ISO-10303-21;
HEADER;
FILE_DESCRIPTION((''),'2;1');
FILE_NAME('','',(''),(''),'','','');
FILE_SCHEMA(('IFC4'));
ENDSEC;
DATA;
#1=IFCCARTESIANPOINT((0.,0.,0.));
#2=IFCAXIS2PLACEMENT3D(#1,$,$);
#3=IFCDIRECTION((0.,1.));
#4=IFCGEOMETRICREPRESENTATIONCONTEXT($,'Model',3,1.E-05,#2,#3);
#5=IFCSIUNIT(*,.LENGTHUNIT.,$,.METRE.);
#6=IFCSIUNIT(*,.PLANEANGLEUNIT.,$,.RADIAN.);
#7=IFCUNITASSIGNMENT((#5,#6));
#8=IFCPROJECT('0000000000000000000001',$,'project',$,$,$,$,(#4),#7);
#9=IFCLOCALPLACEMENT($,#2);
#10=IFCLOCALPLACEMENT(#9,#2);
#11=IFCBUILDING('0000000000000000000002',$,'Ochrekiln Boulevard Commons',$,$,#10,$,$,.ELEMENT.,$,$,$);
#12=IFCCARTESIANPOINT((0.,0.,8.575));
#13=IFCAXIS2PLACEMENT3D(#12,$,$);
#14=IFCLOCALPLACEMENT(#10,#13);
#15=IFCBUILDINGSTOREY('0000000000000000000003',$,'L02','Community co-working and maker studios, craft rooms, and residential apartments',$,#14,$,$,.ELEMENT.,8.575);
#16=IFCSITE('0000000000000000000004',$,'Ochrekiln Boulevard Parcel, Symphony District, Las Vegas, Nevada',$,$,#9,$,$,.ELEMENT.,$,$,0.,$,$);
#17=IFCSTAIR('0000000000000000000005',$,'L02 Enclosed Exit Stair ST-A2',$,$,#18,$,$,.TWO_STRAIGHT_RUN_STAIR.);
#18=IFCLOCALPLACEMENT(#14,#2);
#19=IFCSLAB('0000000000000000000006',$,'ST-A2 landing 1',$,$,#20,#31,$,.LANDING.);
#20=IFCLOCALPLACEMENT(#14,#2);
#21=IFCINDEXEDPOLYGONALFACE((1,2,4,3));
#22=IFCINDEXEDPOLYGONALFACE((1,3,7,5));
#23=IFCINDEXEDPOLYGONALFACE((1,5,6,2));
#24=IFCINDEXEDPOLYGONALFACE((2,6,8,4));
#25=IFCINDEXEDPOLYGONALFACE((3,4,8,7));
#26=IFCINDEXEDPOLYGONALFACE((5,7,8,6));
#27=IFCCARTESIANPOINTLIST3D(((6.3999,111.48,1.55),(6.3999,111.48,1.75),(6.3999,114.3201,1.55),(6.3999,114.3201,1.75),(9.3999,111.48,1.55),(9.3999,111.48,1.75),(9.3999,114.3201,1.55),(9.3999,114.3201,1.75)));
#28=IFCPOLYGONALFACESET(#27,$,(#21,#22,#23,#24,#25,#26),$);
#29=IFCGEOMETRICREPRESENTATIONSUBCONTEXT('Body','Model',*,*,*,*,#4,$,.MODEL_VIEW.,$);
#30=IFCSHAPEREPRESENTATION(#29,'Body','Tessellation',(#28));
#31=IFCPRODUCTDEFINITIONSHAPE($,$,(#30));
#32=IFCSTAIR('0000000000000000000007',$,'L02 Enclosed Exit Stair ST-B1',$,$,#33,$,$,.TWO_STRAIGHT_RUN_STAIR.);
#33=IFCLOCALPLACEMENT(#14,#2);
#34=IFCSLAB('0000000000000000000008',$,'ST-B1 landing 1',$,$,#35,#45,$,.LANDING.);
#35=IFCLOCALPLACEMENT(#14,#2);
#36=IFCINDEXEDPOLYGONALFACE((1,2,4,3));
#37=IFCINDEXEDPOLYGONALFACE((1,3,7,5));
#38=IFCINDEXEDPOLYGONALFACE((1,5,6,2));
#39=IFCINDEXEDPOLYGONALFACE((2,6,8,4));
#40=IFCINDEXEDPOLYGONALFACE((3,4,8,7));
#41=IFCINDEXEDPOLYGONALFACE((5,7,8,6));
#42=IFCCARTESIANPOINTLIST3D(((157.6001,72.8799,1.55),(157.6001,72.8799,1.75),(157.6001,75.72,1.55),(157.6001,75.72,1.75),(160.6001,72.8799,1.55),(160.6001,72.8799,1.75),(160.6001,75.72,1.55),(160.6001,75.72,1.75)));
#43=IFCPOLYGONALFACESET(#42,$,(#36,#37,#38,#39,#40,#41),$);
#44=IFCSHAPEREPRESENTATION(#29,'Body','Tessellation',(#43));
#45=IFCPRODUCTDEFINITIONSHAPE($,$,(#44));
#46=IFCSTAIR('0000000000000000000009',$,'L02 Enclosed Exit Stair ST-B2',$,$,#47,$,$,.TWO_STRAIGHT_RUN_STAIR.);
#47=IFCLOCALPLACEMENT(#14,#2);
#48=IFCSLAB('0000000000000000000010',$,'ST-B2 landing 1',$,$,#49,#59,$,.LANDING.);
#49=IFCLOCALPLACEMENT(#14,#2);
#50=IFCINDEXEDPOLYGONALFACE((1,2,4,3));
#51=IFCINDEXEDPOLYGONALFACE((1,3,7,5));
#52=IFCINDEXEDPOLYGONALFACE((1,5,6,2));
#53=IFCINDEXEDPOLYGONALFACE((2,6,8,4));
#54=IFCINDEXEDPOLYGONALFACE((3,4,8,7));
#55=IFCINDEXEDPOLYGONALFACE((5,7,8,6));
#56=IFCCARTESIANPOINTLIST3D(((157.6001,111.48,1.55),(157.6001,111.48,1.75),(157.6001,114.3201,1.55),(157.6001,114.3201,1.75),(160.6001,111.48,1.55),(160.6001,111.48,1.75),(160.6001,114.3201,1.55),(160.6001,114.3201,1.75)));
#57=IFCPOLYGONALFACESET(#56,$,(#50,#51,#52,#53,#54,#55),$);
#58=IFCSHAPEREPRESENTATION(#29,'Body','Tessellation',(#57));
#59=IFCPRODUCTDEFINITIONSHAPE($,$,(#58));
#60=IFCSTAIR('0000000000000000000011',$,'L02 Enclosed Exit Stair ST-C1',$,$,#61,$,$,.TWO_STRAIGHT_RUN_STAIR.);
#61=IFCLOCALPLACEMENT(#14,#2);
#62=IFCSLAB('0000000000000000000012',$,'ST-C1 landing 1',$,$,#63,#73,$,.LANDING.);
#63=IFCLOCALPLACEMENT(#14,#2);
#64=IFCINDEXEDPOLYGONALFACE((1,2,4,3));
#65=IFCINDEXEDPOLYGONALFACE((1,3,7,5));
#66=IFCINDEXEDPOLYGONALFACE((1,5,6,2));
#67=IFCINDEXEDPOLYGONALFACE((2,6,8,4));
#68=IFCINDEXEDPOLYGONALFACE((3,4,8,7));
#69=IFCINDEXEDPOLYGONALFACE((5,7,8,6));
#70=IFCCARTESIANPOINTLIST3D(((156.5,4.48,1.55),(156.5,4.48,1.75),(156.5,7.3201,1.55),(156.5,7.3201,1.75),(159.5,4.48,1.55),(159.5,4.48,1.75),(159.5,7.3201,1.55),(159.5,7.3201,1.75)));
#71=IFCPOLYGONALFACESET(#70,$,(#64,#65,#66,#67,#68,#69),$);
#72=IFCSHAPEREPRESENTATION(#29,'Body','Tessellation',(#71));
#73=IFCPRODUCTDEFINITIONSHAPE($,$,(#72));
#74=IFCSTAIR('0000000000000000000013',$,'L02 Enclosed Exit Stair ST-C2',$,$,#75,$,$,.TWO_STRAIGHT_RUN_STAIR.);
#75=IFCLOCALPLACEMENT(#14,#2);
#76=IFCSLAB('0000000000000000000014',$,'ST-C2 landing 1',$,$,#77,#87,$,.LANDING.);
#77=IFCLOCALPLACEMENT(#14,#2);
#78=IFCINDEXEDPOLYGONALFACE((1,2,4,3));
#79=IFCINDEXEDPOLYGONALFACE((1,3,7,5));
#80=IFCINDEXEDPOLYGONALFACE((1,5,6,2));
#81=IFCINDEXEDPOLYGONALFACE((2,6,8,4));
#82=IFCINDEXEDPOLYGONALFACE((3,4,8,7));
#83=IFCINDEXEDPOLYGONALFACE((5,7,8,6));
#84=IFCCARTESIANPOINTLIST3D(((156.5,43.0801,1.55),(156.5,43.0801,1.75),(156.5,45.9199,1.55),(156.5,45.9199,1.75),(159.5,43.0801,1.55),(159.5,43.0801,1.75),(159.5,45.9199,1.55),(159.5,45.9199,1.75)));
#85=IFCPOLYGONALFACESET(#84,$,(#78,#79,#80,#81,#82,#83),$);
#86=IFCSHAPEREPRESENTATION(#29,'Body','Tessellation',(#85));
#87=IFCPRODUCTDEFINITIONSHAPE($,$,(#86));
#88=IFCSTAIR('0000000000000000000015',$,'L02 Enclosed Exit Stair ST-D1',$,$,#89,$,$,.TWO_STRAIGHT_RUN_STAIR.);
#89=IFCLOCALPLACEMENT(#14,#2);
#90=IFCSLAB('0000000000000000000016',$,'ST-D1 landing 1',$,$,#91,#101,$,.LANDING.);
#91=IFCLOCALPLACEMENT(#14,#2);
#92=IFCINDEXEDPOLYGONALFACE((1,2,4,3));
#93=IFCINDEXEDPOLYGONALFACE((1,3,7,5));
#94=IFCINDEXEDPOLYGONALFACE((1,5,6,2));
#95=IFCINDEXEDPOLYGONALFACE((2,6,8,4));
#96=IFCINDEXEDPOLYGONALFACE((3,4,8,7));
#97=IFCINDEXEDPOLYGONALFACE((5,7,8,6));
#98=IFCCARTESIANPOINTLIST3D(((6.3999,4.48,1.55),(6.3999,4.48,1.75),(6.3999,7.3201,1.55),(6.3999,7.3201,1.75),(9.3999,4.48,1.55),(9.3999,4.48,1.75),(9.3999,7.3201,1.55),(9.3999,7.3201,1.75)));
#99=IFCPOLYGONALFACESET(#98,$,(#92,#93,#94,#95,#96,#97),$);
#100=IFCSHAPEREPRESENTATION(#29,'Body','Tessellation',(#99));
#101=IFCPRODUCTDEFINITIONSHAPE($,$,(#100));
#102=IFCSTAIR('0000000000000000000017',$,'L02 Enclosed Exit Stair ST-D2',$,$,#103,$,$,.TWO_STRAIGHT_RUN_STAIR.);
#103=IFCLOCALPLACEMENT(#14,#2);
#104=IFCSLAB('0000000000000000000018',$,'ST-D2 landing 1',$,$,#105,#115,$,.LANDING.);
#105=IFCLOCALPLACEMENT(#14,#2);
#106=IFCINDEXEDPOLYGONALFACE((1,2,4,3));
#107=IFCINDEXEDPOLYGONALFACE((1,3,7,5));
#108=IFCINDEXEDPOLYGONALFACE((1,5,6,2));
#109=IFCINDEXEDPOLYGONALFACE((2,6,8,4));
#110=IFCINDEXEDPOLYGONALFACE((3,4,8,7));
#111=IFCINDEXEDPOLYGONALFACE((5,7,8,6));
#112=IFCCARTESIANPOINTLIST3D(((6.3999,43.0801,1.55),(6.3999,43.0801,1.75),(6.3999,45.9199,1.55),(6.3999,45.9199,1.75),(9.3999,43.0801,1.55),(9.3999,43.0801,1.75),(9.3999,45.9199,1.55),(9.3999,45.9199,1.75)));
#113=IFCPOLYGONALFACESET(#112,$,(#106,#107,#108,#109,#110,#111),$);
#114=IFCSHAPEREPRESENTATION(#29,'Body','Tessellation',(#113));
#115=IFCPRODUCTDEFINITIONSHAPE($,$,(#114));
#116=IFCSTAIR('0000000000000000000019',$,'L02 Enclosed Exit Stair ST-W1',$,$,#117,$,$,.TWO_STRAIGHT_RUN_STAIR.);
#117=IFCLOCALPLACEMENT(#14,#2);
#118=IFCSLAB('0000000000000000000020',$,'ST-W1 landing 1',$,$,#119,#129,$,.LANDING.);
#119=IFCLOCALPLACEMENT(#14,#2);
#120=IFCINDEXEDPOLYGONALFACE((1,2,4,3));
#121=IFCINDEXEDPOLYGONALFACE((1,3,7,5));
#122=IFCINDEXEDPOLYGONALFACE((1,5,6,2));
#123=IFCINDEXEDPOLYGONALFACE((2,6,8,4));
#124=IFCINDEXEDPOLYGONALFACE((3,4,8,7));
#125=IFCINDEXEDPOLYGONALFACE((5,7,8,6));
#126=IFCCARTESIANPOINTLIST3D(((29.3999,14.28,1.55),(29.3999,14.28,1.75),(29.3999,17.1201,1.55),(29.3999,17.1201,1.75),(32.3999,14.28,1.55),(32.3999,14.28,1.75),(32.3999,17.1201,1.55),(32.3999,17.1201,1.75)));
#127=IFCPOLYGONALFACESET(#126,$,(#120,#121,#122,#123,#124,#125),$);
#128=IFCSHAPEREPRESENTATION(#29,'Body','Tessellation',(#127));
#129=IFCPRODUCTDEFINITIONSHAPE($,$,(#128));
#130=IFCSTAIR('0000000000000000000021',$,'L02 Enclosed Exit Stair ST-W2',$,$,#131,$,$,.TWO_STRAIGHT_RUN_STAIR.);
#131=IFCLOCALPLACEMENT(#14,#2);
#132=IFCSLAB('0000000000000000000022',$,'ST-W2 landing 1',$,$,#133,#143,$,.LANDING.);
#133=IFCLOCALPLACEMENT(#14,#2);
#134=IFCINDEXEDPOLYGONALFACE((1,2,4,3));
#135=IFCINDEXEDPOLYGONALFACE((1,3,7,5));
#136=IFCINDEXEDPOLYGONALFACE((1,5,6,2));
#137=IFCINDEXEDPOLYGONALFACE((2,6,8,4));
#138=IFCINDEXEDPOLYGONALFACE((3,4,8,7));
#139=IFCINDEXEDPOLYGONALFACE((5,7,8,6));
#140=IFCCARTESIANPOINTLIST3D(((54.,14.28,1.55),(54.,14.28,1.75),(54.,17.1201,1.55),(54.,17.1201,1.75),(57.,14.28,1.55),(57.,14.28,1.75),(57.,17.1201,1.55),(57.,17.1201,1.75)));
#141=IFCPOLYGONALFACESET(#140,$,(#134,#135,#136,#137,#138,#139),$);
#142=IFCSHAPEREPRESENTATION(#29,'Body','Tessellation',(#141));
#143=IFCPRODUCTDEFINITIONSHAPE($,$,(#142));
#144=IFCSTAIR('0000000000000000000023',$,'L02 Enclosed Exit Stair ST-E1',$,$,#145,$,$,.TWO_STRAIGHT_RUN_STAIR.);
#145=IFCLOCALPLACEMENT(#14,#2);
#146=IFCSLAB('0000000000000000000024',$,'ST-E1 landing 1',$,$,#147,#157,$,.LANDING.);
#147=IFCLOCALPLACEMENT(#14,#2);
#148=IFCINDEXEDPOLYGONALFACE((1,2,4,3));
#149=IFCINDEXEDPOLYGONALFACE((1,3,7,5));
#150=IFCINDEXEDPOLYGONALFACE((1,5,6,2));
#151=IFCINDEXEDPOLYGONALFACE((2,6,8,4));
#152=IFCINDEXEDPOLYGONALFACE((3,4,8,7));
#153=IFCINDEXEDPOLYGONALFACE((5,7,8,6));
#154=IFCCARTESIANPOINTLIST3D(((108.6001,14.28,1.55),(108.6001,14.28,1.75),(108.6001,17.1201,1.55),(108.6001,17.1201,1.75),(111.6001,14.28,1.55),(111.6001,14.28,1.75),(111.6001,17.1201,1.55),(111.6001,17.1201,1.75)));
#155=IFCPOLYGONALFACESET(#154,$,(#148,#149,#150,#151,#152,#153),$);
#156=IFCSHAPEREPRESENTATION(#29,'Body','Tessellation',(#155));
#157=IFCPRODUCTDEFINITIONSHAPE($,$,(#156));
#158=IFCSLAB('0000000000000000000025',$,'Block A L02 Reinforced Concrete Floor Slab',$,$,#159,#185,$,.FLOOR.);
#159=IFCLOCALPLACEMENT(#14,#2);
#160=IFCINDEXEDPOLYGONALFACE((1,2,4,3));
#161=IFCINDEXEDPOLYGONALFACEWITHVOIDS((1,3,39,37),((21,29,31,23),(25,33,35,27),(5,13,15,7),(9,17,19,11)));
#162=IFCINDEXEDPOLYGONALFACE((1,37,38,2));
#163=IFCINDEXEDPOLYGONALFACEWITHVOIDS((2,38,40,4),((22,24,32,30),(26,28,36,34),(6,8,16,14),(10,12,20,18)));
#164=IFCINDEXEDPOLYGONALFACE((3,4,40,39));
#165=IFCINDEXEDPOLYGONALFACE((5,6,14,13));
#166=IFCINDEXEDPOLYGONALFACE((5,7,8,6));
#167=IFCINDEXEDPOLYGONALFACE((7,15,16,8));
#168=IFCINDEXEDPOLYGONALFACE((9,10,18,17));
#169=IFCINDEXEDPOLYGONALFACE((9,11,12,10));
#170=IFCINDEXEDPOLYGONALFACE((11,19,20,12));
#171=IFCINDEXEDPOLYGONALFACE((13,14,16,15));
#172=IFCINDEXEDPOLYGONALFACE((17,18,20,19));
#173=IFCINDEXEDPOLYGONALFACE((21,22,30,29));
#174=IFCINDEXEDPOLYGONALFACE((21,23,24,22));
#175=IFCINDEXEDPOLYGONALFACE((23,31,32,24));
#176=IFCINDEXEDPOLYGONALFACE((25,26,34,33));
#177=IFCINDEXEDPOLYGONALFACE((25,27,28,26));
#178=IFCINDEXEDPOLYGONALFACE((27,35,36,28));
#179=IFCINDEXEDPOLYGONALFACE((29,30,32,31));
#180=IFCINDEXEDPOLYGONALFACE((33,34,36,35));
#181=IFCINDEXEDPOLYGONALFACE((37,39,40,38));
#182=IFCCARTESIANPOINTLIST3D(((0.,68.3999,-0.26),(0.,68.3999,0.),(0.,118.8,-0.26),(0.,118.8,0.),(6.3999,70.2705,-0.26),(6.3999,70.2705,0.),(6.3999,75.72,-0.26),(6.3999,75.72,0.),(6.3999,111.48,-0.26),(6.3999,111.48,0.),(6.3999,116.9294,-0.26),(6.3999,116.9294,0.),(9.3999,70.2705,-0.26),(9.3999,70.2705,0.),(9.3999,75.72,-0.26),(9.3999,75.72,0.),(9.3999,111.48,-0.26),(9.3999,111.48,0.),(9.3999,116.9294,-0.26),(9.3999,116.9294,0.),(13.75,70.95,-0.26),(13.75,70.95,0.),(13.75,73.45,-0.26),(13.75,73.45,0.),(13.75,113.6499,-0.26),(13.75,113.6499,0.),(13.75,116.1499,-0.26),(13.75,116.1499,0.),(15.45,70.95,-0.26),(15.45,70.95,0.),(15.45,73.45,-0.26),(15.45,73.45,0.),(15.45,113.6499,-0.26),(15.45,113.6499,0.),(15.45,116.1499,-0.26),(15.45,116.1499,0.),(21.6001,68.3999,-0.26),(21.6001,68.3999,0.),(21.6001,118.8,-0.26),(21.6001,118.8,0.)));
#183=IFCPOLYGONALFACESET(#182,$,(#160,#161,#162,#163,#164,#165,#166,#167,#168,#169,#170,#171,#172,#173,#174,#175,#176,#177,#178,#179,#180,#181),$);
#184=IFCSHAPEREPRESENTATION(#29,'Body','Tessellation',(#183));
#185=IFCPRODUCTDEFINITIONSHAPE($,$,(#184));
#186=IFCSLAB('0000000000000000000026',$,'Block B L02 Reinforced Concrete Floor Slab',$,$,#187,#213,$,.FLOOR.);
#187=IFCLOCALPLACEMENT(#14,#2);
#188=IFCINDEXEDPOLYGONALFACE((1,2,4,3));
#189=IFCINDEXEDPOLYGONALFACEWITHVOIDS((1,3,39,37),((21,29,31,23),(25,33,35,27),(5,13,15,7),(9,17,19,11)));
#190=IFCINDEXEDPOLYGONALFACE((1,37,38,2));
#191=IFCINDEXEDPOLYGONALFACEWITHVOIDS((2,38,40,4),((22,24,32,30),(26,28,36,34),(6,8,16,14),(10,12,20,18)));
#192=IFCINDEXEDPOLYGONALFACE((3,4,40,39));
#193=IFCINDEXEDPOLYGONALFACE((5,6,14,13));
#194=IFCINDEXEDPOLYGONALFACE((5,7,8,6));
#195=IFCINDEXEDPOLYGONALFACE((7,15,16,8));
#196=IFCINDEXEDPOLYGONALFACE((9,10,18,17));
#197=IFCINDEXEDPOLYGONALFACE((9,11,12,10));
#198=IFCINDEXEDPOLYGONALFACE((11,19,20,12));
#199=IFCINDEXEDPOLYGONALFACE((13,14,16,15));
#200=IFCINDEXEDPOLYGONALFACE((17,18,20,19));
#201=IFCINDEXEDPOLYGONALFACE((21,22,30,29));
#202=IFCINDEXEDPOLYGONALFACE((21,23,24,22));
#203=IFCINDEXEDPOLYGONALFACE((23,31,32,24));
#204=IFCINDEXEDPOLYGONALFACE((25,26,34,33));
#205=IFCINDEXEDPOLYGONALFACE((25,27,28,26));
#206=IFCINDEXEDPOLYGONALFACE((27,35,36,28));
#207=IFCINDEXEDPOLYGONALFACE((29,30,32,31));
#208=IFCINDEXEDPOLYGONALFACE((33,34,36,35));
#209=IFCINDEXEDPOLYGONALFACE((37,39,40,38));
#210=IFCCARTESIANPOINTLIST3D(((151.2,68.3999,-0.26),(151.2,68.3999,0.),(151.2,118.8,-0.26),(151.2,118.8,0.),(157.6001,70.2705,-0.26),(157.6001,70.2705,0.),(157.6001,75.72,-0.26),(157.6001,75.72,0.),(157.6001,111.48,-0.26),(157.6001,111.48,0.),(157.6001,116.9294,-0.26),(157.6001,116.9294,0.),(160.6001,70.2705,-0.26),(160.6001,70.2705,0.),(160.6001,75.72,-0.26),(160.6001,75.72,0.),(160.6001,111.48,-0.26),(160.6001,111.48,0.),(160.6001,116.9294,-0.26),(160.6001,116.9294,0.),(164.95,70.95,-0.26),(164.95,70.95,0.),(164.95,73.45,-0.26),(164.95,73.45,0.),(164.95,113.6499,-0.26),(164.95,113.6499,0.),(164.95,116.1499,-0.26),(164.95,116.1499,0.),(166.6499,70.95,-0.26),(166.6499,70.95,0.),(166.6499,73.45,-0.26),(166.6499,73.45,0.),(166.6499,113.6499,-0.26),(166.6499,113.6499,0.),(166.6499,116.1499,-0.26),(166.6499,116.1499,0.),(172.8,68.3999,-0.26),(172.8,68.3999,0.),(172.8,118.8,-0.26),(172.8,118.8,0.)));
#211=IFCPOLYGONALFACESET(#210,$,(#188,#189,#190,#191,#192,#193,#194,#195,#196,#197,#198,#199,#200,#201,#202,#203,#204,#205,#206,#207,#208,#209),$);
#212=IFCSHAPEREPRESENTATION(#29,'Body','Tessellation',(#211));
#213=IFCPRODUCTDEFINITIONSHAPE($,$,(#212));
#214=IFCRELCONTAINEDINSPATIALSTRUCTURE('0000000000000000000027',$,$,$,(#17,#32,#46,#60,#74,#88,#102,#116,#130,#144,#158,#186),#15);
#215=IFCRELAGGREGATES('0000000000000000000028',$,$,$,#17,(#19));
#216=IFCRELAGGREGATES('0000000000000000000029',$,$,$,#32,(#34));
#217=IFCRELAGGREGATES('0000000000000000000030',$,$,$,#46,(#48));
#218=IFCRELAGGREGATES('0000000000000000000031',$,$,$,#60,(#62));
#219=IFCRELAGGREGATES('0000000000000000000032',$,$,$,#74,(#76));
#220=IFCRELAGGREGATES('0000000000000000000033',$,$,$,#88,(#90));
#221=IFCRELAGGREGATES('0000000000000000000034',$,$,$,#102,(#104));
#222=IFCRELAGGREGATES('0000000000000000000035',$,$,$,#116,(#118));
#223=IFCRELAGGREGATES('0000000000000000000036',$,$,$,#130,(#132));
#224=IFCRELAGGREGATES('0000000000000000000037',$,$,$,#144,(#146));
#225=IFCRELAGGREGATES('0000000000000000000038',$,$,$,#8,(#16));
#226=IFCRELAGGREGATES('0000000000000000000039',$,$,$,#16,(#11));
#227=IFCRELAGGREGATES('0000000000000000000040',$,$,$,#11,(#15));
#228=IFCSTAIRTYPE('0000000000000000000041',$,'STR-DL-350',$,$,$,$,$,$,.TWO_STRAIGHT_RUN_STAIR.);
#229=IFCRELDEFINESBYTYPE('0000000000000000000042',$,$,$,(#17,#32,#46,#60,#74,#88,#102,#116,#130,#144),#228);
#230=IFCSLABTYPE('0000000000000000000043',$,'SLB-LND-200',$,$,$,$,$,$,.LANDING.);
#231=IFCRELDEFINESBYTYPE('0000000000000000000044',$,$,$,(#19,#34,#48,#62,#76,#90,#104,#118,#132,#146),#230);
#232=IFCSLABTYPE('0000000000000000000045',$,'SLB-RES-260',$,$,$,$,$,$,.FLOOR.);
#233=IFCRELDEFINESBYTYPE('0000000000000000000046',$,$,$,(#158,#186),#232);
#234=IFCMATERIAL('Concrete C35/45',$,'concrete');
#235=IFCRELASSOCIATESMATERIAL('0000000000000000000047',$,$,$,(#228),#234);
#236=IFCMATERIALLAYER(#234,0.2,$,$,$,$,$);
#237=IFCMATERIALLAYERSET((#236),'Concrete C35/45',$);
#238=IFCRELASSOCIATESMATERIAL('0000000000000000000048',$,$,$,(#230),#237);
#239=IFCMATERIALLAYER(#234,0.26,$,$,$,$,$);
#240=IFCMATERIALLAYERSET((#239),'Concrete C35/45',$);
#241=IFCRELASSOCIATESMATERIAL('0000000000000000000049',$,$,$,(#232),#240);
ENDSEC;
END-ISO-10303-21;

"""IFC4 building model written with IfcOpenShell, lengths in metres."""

from ifc_helpers import new_model, si_unit, direction, frame, origin, place, context, subcontext, project, spatial, polyline, outline, extrude, material, layer, layer_set, type_object, element, aggregate, save


model = new_model("IFC4")

# Units and contexts
model_context = context("Model", 3, precision=1e-05, world=origin(), true_north=direction((0.0, 1.0)))
body_context = subcontext(model_context, "Body", "Model", "MODEL_VIEW")
ifc_project = project(units=[si_unit("LENGTHUNIT", "METRE"), si_unit("PLANEANGLEUNIT", "RADIAN")], contexts=[model_context])

# Site, building, storey
site_placement = place(None, origin())
site = spatial("IfcSite", under=ifc_project, at=site_placement, Name="Ochrekiln Boulevard Parcel, Symphony District, Las Vegas, Nevada", CompositionType="ELEMENT", RefElevation=0.0)
building_placement = place(site_placement, origin())
building = spatial("IfcBuilding", under=site, at=building_placement, Name="Ochrekiln Boulevard Commons", CompositionType="ELEMENT")
storey_placement = place(building_placement, frame((0.0, 0.0, 8.575)))
storey = spatial("IfcBuildingStorey", under=building, at=storey_placement, Name="L02", Description="Community co-working and maker studios, craft rooms, and residential apartments", CompositionType="ELEMENT", Elevation=8.575)

# Shared definitions
ifc_material = material(Name="Concrete C35/45", Category="concrete")

# Stairs, slabs
stair_type = type_object("IfcStairType", Name="STR-DL-350", PredefinedType="TWO_STRAIGHT_RUN_STAIR", material=ifc_material)
ifc_layer_1 = layer(ifc_material, 0.2)
ifc_layer_set_1 = layer_set([ifc_layer_1], Name="Concrete C35/45")
slab_type_1 = type_object("IfcSlabType", Name="SLB-LND-200", PredefinedType="LANDING", material=ifc_layer_set_1)
stair_1_placement = place(storey_placement, origin())
stair_1 = element("IfcStair", 1, at=stair_1_placement, inside=storey, type_object=stair_type, Name="L02 Enclosed Exit Stair ST-A2", PredefinedType="TWO_STRAIGHT_RUN_STAIR")
slab_1_placement = place(storey_placement, frame((0.0, 0.0, 1.55)))
slab_1 = element("IfcSlab", 2, at=slab_1_placement, type_object=slab_type_1, Name="ST-A2 landing 1", PredefinedType="LANDING", context=body_context, shape_type="SweptSolid", body=[
    extrude(outline(polyline([(6.3999, 114.3201), (6.3999, 111.48), (9.3999, 111.48), (9.3999, 114.3201), (6.3999, 114.3201)])), origin(), (0.0, 0.0, 1.0), 0.2),
])
aggregate(stair_1, [slab_1])
stair_2_placement = place(storey_placement, origin())
stair_2 = element("IfcStair", 3, at=stair_2_placement, inside=storey, type_object=stair_type, Name="L02 Enclosed Exit Stair ST-B1", PredefinedType="TWO_STRAIGHT_RUN_STAIR")
slab_2_placement = place(storey_placement, frame((0.0, 0.0, 1.55)))
slab_2 = element("IfcSlab", 4, at=slab_2_placement, type_object=slab_type_1, Name="ST-B1 landing 1", PredefinedType="LANDING", context=body_context, shape_type="SweptSolid", body=[
    extrude(outline(polyline([(160.6001, 72.8799), (160.6001, 75.72), (157.6001, 75.72), (157.6001, 72.8799), (160.6001, 72.8799)])), origin(), (0.0, 0.0, 1.0), 0.2),
])
aggregate(stair_2, [slab_2])
stair_3_placement = place(storey_placement, origin())
stair_3 = element("IfcStair", 5, at=stair_3_placement, inside=storey, type_object=stair_type, Name="L02 Enclosed Exit Stair ST-B2", PredefinedType="TWO_STRAIGHT_RUN_STAIR")
slab_3_placement = place(storey_placement, frame((0.0, 0.0, 1.55)))
slab_3 = element("IfcSlab", 6, at=slab_3_placement, type_object=slab_type_1, Name="ST-B2 landing 1", PredefinedType="LANDING", context=body_context, shape_type="SweptSolid", body=[
    extrude(outline(polyline([(157.6001, 114.3201), (157.6001, 111.48), (160.6001, 111.48), (160.6001, 114.3201), (157.6001, 114.3201)])), origin(), (0.0, 0.0, 1.0), 0.2),
])
aggregate(stair_3, [slab_3])
stair_4_placement = place(storey_placement, origin())
stair_4 = element("IfcStair", 7, at=stair_4_placement, inside=storey, type_object=stair_type, Name="L02 Enclosed Exit Stair ST-C1", PredefinedType="TWO_STRAIGHT_RUN_STAIR")
slab_4_placement = place(storey_placement, frame((0.0, 0.0, 1.55)))
slab_4 = element("IfcSlab", 8, at=slab_4_placement, type_object=slab_type_1, Name="ST-C1 landing 1", PredefinedType="LANDING", context=body_context, shape_type="SweptSolid", body=[
    extrude(outline(polyline([(159.5, 4.48), (159.5, 7.3201), (156.5, 7.3201), (156.5, 4.48), (159.5, 4.48)])), origin(), (0.0, 0.0, 1.0), 0.2),
])
aggregate(stair_4, [slab_4])
stair_5_placement = place(storey_placement, origin())
stair_5 = element("IfcStair", 9, at=stair_5_placement, inside=storey, type_object=stair_type, Name="L02 Enclosed Exit Stair ST-C2", PredefinedType="TWO_STRAIGHT_RUN_STAIR")
slab_5_placement = place(storey_placement, frame((0.0, 0.0, 1.55)))
slab_5 = element("IfcSlab", 10, at=slab_5_placement, type_object=slab_type_1, Name="ST-C2 landing 1", PredefinedType="LANDING", context=body_context, shape_type="SweptSolid", body=[
    extrude(outline(polyline([(156.5, 45.9199), (156.5, 43.0801), (159.5, 43.0801), (159.5, 45.9199), (156.5, 45.9199)])), origin(), (0.0, 0.0, 1.0), 0.2),
])
aggregate(stair_5, [slab_5])
stair_6_placement = place(storey_placement, origin())
stair_6 = element("IfcStair", 11, at=stair_6_placement, inside=storey, type_object=stair_type, Name="L02 Enclosed Exit Stair ST-D1", PredefinedType="TWO_STRAIGHT_RUN_STAIR")
slab_6_placement = place(storey_placement, frame((0.0, 0.0, 1.55)))
slab_6 = element("IfcSlab", 12, at=slab_6_placement, type_object=slab_type_1, Name="ST-D1 landing 1", PredefinedType="LANDING", context=body_context, shape_type="SweptSolid", body=[
    extrude(outline(polyline([(9.3999, 4.48), (9.3999, 7.3201), (6.3999, 7.3201), (6.3999, 4.48), (9.3999, 4.48)])), origin(), (0.0, 0.0, 1.0), 0.2),
])
aggregate(stair_6, [slab_6])
stair_7_placement = place(storey_placement, origin())
stair_7 = element("IfcStair", 13, at=stair_7_placement, inside=storey, type_object=stair_type, Name="L02 Enclosed Exit Stair ST-D2", PredefinedType="TWO_STRAIGHT_RUN_STAIR")
slab_7_placement = place(storey_placement, frame((0.0, 0.0, 1.55)))
slab_7 = element("IfcSlab", 14, at=slab_7_placement, type_object=slab_type_1, Name="ST-D2 landing 1", PredefinedType="LANDING", context=body_context, shape_type="SweptSolid", body=[
    extrude(outline(polyline([(6.3999, 45.9199), (6.3999, 43.0801), (9.3999, 43.0801), (9.3999, 45.9199), (6.3999, 45.9199)])), origin(), (0.0, 0.0, 1.0), 0.2),
])
aggregate(stair_7, [slab_7])
stair_8_placement = place(storey_placement, origin())
stair_8 = element("IfcStair", 15, at=stair_8_placement, inside=storey, type_object=stair_type, Name="L02 Enclosed Exit Stair ST-W1", PredefinedType="TWO_STRAIGHT_RUN_STAIR")
slab_8_placement = place(storey_placement, frame((0.0, 0.0, 1.55)))
slab_8 = element("IfcSlab", 16, at=slab_8_placement, type_object=slab_type_1, Name="ST-W1 landing 1", PredefinedType="LANDING", context=body_context, shape_type="SweptSolid", body=[
    extrude(outline(polyline([(29.3999, 17.1201), (29.3999, 14.28), (32.3999, 14.28), (32.3999, 17.1201), (29.3999, 17.1201)])), origin(), (0.0, 0.0, 1.0), 0.2),
])
aggregate(stair_8, [slab_8])
stair_9_placement = place(storey_placement, origin())
stair_9 = element("IfcStair", 17, at=stair_9_placement, inside=storey, type_object=stair_type, Name="L02 Enclosed Exit Stair ST-W2", PredefinedType="TWO_STRAIGHT_RUN_STAIR")
slab_9_placement = place(storey_placement, frame((0.0, 0.0, 1.55)))
slab_9 = element("IfcSlab", 18, at=slab_9_placement, type_object=slab_type_1, Name="ST-W2 landing 1", PredefinedType="LANDING", context=body_context, shape_type="SweptSolid", body=[
    extrude(outline(polyline([(54.0, 17.1201), (54.0, 14.28), (57.0, 14.28), (57.0, 17.1201), (54.0, 17.1201)])), origin(), (0.0, 0.0, 1.0), 0.2),
])
aggregate(stair_9, [slab_9])
stair_10_placement = place(storey_placement, origin())
stair_10 = element("IfcStair", 19, at=stair_10_placement, inside=storey, type_object=stair_type, Name="L02 Enclosed Exit Stair ST-E1", PredefinedType="TWO_STRAIGHT_RUN_STAIR")
slab_10_placement = place(storey_placement, frame((0.0, 0.0, 1.55)))
slab_10 = element("IfcSlab", 20, at=slab_10_placement, type_object=slab_type_1, Name="ST-E1 landing 1", PredefinedType="LANDING", context=body_context, shape_type="SweptSolid", body=[
    extrude(outline(polyline([(108.6001, 17.1201), (108.6001, 14.28), (111.6001, 14.28), (111.6001, 17.1201), (108.6001, 17.1201)])), origin(), (0.0, 0.0, 1.0), 0.2),
])
aggregate(stair_10, [slab_10])

# Slabs
ifc_layer_2 = layer(ifc_material, 0.26)
ifc_layer_set_2 = layer_set([ifc_layer_2], Name="Concrete C35/45")
slab_type_2 = type_object("IfcSlabType", Name="SLB-RES-260", PredefinedType="FLOOR", material=ifc_layer_set_2)
slab_11_placement = place(storey_placement, frame((0.0, 0.0, -0.26)))
element("IfcSlab", 21, at=slab_11_placement, inside=storey, type_object=slab_type_2, Name="Block A L02 Reinforced Concrete Floor Slab", PredefinedType="FLOOR", context=body_context, shape_type="SweptSolid", body=[
    extrude(outline(polyline([(0.0, 68.3999), (21.6001, 68.3999), (21.6001, 118.8), (0.0, 118.8), (0.0, 68.3999)]), holes=[polyline([(9.3999, 70.2705), (9.3999, 75.72), (6.3999, 75.72), (6.3999, 70.2705), (9.3999, 70.2705)]), polyline([(6.3999, 116.9294), (6.3999, 111.48), (9.3999, 111.48), (9.3999, 116.9294), (6.3999, 116.9294)]), polyline([(13.75, 70.95), (15.45, 70.95), (15.45, 73.45), (13.75, 73.45), (13.75, 70.95)]), polyline([(13.75, 113.6499), (15.45, 113.6499), (15.45, 116.1499), (13.75, 116.1499), (13.75, 113.6499)])]), origin(), (0.0, 0.0, 1.0), 0.26),
])
slab_12_placement = place(storey_placement, frame((0.0, 0.0, -0.26)))
element("IfcSlab", 22, at=slab_12_placement, inside=storey, type_object=slab_type_2, Name="Block B L02 Reinforced Concrete Floor Slab", PredefinedType="FLOOR", context=body_context, shape_type="SweptSolid", body=[
    extrude(outline(polyline([(151.2, 68.3999), (172.8, 68.3999), (172.8, 118.8), (151.2, 118.8), (151.2, 68.3999)]), holes=[polyline([(160.6001, 70.2705), (160.6001, 75.72), (157.6001, 75.72), (157.6001, 70.2705), (160.6001, 70.2705)]), polyline([(157.6001, 116.9294), (157.6001, 111.48), (160.6001, 111.48), (160.6001, 116.9294), (157.6001, 116.9294)]), polyline([(164.95, 70.95), (166.6499, 70.95), (166.6499, 73.45), (164.95, 73.45), (164.95, 70.95)]), polyline([(164.95, 113.6499), (166.6499, 113.6499), (166.6499, 116.1499), (164.95, 116.1499), (164.95, 113.6499)])]), origin(), (0.0, 0.0, 1.0), 0.26),
])

save(model, "model.ifc")
